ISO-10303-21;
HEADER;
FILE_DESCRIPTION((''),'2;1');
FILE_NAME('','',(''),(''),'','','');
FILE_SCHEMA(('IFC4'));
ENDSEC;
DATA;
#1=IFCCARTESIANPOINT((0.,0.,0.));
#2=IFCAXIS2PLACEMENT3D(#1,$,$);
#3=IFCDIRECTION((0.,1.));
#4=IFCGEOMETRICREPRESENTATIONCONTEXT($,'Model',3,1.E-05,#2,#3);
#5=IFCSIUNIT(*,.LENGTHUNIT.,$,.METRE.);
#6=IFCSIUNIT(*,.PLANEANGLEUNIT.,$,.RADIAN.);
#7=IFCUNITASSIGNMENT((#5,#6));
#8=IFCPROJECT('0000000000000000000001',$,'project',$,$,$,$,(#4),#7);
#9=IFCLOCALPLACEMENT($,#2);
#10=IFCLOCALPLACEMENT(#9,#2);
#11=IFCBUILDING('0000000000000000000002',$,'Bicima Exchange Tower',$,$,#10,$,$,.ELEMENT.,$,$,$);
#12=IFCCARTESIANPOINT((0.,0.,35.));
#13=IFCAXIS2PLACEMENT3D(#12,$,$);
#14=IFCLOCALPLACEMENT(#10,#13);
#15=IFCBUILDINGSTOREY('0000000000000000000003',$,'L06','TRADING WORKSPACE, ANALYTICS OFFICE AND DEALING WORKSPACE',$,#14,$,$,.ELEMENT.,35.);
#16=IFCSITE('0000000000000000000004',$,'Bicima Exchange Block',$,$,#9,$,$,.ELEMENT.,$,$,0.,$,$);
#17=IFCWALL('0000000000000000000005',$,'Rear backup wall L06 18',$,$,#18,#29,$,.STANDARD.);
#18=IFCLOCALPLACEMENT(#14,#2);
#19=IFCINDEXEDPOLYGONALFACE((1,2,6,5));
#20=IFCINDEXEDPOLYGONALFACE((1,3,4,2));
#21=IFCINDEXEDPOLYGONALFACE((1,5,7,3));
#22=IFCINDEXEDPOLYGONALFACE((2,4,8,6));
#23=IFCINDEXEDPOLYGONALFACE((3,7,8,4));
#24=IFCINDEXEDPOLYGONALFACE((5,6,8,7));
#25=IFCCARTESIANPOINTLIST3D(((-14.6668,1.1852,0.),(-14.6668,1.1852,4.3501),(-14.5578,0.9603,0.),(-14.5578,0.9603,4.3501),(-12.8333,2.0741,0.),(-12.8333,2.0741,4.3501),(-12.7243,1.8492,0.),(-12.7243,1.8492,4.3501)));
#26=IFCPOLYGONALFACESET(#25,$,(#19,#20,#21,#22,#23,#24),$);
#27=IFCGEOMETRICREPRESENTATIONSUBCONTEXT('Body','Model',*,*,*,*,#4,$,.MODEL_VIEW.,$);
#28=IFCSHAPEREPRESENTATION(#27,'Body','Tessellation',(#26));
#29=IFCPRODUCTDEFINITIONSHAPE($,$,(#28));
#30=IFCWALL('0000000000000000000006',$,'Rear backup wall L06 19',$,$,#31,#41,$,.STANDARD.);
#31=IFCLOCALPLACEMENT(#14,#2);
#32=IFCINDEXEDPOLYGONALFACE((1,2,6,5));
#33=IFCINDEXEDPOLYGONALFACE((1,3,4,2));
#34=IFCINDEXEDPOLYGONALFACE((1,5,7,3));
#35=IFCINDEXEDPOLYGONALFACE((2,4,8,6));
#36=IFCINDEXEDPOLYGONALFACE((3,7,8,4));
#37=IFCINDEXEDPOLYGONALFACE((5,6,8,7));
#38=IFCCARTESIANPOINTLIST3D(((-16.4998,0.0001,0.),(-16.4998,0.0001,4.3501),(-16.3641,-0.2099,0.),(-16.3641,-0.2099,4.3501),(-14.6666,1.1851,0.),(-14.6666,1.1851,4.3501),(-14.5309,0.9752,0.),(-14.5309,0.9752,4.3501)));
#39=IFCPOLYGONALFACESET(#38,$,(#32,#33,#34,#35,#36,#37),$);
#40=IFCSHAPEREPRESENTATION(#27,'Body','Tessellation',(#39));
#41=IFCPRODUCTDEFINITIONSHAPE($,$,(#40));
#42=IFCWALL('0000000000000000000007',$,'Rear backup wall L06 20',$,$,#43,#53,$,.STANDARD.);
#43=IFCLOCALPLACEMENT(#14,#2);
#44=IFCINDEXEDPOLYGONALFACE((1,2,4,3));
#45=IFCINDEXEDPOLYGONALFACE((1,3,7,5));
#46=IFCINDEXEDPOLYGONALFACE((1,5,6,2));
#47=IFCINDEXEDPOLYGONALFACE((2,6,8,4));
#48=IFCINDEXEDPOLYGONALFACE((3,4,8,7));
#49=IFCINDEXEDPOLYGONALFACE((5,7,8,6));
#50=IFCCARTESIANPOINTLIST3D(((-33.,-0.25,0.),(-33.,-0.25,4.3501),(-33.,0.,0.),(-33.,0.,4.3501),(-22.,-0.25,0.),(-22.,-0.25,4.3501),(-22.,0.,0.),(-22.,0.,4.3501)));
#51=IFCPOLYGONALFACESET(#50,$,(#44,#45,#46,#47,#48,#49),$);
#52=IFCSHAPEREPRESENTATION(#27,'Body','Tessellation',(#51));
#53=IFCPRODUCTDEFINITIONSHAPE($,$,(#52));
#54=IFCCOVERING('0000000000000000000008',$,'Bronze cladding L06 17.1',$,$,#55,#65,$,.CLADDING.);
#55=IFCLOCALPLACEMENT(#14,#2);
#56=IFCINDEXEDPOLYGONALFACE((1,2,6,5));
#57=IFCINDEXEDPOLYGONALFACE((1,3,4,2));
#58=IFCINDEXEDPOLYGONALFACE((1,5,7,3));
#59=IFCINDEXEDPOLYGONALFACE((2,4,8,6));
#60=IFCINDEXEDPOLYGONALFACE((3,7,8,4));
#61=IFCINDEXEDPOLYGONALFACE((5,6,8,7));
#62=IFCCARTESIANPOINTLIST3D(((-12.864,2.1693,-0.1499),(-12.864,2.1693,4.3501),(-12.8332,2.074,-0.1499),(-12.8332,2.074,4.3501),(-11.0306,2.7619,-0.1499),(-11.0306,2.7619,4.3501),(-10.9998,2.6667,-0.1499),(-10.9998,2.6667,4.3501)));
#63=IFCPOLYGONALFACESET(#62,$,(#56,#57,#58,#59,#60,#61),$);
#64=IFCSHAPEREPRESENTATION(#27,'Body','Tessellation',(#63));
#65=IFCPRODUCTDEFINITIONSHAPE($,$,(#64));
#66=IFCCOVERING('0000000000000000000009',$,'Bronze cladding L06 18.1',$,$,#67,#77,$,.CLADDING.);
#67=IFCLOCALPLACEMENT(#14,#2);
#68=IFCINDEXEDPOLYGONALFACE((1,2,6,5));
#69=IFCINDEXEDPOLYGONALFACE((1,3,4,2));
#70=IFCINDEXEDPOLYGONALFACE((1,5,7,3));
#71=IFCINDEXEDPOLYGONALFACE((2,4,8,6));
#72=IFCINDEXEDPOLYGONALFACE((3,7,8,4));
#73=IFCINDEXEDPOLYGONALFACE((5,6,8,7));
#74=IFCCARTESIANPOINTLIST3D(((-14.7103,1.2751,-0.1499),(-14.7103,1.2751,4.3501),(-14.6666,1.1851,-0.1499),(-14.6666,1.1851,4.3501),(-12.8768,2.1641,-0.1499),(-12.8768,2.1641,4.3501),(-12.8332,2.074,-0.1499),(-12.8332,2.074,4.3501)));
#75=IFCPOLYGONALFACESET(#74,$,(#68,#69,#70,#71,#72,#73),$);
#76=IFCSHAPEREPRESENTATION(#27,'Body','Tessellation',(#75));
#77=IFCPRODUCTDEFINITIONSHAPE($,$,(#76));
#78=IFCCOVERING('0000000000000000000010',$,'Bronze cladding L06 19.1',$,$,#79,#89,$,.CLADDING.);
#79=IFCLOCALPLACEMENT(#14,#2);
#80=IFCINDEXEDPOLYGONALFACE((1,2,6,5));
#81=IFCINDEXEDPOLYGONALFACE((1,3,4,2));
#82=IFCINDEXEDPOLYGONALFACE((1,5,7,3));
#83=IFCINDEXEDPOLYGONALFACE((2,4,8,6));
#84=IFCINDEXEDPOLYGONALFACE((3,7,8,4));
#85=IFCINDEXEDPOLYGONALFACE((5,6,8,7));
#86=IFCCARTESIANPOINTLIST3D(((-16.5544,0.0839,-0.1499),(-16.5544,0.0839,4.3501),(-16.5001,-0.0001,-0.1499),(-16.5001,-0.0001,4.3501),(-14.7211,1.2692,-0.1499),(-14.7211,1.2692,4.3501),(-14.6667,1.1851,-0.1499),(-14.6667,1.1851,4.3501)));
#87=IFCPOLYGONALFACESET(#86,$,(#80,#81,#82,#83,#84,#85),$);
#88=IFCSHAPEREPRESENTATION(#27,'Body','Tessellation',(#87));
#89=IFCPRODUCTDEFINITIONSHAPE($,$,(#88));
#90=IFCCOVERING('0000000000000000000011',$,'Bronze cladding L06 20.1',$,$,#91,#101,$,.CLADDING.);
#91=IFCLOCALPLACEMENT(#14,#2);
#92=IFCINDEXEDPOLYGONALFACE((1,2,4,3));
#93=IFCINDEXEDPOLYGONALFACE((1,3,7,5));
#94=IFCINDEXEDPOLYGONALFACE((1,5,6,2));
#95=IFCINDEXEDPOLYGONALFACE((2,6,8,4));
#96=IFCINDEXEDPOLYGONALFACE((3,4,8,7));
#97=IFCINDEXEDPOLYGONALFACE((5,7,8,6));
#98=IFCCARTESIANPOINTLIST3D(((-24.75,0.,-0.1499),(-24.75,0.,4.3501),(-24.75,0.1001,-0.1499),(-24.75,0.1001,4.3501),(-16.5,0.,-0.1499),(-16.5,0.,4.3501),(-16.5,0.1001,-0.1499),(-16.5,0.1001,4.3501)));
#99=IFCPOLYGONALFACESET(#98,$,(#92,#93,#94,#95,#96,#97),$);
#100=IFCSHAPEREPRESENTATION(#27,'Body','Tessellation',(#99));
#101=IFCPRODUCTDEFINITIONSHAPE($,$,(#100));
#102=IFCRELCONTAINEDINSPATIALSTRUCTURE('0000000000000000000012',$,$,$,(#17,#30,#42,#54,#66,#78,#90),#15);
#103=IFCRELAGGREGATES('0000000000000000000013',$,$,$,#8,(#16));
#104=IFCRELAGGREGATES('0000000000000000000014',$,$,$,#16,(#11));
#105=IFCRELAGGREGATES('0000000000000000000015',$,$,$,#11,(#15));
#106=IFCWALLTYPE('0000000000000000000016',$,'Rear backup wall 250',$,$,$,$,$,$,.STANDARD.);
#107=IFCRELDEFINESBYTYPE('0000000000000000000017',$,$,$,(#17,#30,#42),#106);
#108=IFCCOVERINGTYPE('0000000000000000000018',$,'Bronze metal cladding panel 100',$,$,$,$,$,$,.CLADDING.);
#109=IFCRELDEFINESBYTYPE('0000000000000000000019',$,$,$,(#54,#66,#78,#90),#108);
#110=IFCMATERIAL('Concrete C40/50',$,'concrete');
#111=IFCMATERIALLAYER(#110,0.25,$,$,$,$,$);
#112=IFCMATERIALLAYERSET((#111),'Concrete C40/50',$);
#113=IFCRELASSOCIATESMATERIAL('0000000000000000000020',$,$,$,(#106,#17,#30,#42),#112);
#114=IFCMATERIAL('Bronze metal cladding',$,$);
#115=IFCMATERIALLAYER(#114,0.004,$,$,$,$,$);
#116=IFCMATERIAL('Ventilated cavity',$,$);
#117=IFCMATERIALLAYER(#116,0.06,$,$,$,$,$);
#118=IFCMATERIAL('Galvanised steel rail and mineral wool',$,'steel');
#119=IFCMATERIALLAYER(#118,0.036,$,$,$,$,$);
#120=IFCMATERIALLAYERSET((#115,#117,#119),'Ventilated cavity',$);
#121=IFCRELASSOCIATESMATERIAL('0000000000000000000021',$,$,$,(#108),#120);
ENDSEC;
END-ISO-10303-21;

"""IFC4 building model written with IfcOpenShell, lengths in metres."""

from ifc_helpers import new_model, si_unit, direction, frame, frame_2d, origin, origin_2d, place, context, subcontext, project, spatial, rectangle, extrude, material, layer, layer_set, layer_usage, type_object, element, save


model = new_model("IFC4")

# Units and contexts
model_context = context("Model", 3, precision=1e-05, world=origin(), true_north=direction((0.0, 1.0)))
body_context = subcontext(model_context, "Body", "Model", "MODEL_VIEW")
ifc_project = project(units=[si_unit("LENGTHUNIT", "METRE"), si_unit("PLANEANGLEUNIT", "RADIAN")], contexts=[model_context])

# Site, building, storey
site_placement = place(None, origin())
site = spatial("IfcSite", under=ifc_project, at=site_placement, Name="Bicima Exchange Block", CompositionType="ELEMENT", RefElevation=0.0)
building_placement = place(site_placement, origin())
building = spatial("IfcBuilding", under=site, at=building_placement, Name="Bicima Exchange Tower", CompositionType="ELEMENT")
storey_placement = place(building_placement, frame((0.0, 0.0, 35.0)))
storey = spatial("IfcBuildingStorey", under=building, at=storey_placement, Name="L06", Description="TRADING WORKSPACE, ANALYTICS OFFICE AND DEALING WORKSPACE", CompositionType="ELEMENT", Elevation=35.0)

# Walls
ifc_material_1 = material(Name="Concrete C40/50", Category="concrete")
ifc_layer_1 = layer(ifc_material_1, 0.25)
ifc_layer_set_1 = layer_set([ifc_layer_1], Name="Concrete C40/50")
ifc_layer_usage = layer_usage(ifc_layer_set_1, "AXIS2", "POSITIVE", -0.125)
wall_type_1 = type_object("IfcWallType", Name="Rear backup wall 250", PredefinedType="STANDARD", material=ifc_layer_set_1)
wall_1_placement = place(storey_placement, frame((-12.7788, 1.9617, 0.0), z_axis=(0.0, 0.0, 1.0), x_axis=(-0.899824, -0.436253, 0.0)))
element("IfcWall", 1, at=wall_1_placement, inside=storey, type_object=wall_type_1, material=ifc_layer_usage, Name="Rear backup wall L06 18", PredefinedType="STANDARD", context=body_context, shape_type="SweptSolid", body=[
    extrude(rectangle(XDim=2.0376, YDim=0.25, at=frame_2d((1.0188, 0.0))), origin(), (0.0, 0.0, 1.0), 4.3501),
])
wall_2_placement = place(storey_placement, frame((-14.5989, 1.0801, 0.0), z_axis=(0.0, 0.0, 1.0), x_axis=(-0.839813, -0.542876, 0.0)))
element("IfcWall", 2, at=wall_2_placement, inside=storey, type_object=wall_type_1, material=ifc_layer_usage, Name="Rear backup wall L06 19", PredefinedType="STANDARD", context=body_context, shape_type="SweptSolid", body=[
    extrude(rectangle(XDim=2.1829, YDim=0.25, at=frame_2d((1.0913, 0.0))), origin(), (0.0, 0.0, 1.0), 4.3501),
])
wall_3_placement = place(storey_placement, frame((-22.0, -0.125, 0.0), z_axis=(0.0, 0.0, 1.0), x_axis=(-1.0, 0.0, 0.0)))
element("IfcWall", 3, at=wall_3_placement, inside=storey, type_object=wall_type_1, material=ifc_layer_usage, Name="Rear backup wall L06 20", PredefinedType="STANDARD", context=body_context, shape_type="SweptSolid", body=[
    extrude(rectangle(XDim=11.0, YDim=0.25, at=frame_2d((5.5, 0.0))), origin(), (0.0, 0.0, 1.0), 4.3501),
])

# Coverings
ifc_material_2 = material(Name="Bronze metal cladding")
ifc_layer_2 = layer(ifc_material_2, 0.004)
ifc_material_3 = material(Name="Ventilated cavity")
ifc_layer_3 = layer(ifc_material_3, 0.06)
ifc_material_4 = material(Name="Galvanised steel rail and mineral wool", Category="steel")
ifc_layer_4 = layer(ifc_material_4, 0.036)
ifc_layer_set_2 = layer_set([ifc_layer_2, ifc_layer_3, ifc_layer_4], Name="Ventilated cavity")
covering_type = type_object("IfcCoveringType", Name="Bronze metal cladding panel 100", PredefinedType="CLADDING", material=ifc_layer_set_2)
covering_1_placement = place(storey_placement, frame((-11.9319, 2.418, -0.1499), z_axis=(0.0, 0.0, 1.0), x_axis=(-0.951525, -0.307573, 0.0)))
element("IfcCovering", 4, at=covering_1_placement, inside=storey, type_object=covering_type, Name="Bronze cladding L06 17.1", PredefinedType="CLADDING", context=body_context, shape_type="SweptSolid", body=[
    extrude(rectangle(XDim=1.9268, YDim=0.1001, at=origin_2d()), origin(), (0.0, 0.0, 1.0), 4.5),
])
covering_2_placement = place(storey_placement, frame((-13.7717, 1.6746, -0.1499), z_axis=(0.0, 0.0, 1.0), x_axis=(-0.899818, -0.436265, 0.0)))
element("IfcCovering", 5, at=covering_2_placement, inside=storey, type_object=covering_type, Name="Bronze cladding L06 18.1", PredefinedType="CLADDING", context=body_context, shape_type="SweptSolid", body=[
    extrude(rectangle(XDim=2.0376, YDim=0.1001, at=origin_2d()), origin(), (0.0, 0.0, 1.0), 4.5),
])
covering_3_placement = place(storey_placement, frame((-15.6106, 0.6345, -0.1499), z_axis=(0.0, 0.0, 1.0), x_axis=(-0.83979, -0.542911, 0.0)))
element("IfcCovering", 6, at=covering_3_placement, inside=storey, type_object=covering_type, Name="Bronze cladding L06 19.1", PredefinedType="CLADDING", context=body_context, shape_type="SweptSolid", body=[
    extrude(rectangle(XDim=2.1831, YDim=0.1001, at=origin_2d()), origin(), (0.0, 0.0, 1.0), 4.5),
])
covering_4_placement = place(storey_placement, frame((-20.625, 0.05, -0.1499), z_axis=(0.0, 0.0, 1.0), x_axis=(-1.0, 0.0, 0.0)))
element("IfcCovering", 7, at=covering_4_placement, inside=storey, type_object=covering_type, Name="Bronze cladding L06 20.1", PredefinedType="CLADDING", context=body_context, shape_type="SweptSolid", body=[
    extrude(rectangle(XDim=8.25, YDim=0.1001, at=origin_2d()), origin(), (0.0, 0.0, 1.0), 4.5),
])

save(model, "model.ifc")
